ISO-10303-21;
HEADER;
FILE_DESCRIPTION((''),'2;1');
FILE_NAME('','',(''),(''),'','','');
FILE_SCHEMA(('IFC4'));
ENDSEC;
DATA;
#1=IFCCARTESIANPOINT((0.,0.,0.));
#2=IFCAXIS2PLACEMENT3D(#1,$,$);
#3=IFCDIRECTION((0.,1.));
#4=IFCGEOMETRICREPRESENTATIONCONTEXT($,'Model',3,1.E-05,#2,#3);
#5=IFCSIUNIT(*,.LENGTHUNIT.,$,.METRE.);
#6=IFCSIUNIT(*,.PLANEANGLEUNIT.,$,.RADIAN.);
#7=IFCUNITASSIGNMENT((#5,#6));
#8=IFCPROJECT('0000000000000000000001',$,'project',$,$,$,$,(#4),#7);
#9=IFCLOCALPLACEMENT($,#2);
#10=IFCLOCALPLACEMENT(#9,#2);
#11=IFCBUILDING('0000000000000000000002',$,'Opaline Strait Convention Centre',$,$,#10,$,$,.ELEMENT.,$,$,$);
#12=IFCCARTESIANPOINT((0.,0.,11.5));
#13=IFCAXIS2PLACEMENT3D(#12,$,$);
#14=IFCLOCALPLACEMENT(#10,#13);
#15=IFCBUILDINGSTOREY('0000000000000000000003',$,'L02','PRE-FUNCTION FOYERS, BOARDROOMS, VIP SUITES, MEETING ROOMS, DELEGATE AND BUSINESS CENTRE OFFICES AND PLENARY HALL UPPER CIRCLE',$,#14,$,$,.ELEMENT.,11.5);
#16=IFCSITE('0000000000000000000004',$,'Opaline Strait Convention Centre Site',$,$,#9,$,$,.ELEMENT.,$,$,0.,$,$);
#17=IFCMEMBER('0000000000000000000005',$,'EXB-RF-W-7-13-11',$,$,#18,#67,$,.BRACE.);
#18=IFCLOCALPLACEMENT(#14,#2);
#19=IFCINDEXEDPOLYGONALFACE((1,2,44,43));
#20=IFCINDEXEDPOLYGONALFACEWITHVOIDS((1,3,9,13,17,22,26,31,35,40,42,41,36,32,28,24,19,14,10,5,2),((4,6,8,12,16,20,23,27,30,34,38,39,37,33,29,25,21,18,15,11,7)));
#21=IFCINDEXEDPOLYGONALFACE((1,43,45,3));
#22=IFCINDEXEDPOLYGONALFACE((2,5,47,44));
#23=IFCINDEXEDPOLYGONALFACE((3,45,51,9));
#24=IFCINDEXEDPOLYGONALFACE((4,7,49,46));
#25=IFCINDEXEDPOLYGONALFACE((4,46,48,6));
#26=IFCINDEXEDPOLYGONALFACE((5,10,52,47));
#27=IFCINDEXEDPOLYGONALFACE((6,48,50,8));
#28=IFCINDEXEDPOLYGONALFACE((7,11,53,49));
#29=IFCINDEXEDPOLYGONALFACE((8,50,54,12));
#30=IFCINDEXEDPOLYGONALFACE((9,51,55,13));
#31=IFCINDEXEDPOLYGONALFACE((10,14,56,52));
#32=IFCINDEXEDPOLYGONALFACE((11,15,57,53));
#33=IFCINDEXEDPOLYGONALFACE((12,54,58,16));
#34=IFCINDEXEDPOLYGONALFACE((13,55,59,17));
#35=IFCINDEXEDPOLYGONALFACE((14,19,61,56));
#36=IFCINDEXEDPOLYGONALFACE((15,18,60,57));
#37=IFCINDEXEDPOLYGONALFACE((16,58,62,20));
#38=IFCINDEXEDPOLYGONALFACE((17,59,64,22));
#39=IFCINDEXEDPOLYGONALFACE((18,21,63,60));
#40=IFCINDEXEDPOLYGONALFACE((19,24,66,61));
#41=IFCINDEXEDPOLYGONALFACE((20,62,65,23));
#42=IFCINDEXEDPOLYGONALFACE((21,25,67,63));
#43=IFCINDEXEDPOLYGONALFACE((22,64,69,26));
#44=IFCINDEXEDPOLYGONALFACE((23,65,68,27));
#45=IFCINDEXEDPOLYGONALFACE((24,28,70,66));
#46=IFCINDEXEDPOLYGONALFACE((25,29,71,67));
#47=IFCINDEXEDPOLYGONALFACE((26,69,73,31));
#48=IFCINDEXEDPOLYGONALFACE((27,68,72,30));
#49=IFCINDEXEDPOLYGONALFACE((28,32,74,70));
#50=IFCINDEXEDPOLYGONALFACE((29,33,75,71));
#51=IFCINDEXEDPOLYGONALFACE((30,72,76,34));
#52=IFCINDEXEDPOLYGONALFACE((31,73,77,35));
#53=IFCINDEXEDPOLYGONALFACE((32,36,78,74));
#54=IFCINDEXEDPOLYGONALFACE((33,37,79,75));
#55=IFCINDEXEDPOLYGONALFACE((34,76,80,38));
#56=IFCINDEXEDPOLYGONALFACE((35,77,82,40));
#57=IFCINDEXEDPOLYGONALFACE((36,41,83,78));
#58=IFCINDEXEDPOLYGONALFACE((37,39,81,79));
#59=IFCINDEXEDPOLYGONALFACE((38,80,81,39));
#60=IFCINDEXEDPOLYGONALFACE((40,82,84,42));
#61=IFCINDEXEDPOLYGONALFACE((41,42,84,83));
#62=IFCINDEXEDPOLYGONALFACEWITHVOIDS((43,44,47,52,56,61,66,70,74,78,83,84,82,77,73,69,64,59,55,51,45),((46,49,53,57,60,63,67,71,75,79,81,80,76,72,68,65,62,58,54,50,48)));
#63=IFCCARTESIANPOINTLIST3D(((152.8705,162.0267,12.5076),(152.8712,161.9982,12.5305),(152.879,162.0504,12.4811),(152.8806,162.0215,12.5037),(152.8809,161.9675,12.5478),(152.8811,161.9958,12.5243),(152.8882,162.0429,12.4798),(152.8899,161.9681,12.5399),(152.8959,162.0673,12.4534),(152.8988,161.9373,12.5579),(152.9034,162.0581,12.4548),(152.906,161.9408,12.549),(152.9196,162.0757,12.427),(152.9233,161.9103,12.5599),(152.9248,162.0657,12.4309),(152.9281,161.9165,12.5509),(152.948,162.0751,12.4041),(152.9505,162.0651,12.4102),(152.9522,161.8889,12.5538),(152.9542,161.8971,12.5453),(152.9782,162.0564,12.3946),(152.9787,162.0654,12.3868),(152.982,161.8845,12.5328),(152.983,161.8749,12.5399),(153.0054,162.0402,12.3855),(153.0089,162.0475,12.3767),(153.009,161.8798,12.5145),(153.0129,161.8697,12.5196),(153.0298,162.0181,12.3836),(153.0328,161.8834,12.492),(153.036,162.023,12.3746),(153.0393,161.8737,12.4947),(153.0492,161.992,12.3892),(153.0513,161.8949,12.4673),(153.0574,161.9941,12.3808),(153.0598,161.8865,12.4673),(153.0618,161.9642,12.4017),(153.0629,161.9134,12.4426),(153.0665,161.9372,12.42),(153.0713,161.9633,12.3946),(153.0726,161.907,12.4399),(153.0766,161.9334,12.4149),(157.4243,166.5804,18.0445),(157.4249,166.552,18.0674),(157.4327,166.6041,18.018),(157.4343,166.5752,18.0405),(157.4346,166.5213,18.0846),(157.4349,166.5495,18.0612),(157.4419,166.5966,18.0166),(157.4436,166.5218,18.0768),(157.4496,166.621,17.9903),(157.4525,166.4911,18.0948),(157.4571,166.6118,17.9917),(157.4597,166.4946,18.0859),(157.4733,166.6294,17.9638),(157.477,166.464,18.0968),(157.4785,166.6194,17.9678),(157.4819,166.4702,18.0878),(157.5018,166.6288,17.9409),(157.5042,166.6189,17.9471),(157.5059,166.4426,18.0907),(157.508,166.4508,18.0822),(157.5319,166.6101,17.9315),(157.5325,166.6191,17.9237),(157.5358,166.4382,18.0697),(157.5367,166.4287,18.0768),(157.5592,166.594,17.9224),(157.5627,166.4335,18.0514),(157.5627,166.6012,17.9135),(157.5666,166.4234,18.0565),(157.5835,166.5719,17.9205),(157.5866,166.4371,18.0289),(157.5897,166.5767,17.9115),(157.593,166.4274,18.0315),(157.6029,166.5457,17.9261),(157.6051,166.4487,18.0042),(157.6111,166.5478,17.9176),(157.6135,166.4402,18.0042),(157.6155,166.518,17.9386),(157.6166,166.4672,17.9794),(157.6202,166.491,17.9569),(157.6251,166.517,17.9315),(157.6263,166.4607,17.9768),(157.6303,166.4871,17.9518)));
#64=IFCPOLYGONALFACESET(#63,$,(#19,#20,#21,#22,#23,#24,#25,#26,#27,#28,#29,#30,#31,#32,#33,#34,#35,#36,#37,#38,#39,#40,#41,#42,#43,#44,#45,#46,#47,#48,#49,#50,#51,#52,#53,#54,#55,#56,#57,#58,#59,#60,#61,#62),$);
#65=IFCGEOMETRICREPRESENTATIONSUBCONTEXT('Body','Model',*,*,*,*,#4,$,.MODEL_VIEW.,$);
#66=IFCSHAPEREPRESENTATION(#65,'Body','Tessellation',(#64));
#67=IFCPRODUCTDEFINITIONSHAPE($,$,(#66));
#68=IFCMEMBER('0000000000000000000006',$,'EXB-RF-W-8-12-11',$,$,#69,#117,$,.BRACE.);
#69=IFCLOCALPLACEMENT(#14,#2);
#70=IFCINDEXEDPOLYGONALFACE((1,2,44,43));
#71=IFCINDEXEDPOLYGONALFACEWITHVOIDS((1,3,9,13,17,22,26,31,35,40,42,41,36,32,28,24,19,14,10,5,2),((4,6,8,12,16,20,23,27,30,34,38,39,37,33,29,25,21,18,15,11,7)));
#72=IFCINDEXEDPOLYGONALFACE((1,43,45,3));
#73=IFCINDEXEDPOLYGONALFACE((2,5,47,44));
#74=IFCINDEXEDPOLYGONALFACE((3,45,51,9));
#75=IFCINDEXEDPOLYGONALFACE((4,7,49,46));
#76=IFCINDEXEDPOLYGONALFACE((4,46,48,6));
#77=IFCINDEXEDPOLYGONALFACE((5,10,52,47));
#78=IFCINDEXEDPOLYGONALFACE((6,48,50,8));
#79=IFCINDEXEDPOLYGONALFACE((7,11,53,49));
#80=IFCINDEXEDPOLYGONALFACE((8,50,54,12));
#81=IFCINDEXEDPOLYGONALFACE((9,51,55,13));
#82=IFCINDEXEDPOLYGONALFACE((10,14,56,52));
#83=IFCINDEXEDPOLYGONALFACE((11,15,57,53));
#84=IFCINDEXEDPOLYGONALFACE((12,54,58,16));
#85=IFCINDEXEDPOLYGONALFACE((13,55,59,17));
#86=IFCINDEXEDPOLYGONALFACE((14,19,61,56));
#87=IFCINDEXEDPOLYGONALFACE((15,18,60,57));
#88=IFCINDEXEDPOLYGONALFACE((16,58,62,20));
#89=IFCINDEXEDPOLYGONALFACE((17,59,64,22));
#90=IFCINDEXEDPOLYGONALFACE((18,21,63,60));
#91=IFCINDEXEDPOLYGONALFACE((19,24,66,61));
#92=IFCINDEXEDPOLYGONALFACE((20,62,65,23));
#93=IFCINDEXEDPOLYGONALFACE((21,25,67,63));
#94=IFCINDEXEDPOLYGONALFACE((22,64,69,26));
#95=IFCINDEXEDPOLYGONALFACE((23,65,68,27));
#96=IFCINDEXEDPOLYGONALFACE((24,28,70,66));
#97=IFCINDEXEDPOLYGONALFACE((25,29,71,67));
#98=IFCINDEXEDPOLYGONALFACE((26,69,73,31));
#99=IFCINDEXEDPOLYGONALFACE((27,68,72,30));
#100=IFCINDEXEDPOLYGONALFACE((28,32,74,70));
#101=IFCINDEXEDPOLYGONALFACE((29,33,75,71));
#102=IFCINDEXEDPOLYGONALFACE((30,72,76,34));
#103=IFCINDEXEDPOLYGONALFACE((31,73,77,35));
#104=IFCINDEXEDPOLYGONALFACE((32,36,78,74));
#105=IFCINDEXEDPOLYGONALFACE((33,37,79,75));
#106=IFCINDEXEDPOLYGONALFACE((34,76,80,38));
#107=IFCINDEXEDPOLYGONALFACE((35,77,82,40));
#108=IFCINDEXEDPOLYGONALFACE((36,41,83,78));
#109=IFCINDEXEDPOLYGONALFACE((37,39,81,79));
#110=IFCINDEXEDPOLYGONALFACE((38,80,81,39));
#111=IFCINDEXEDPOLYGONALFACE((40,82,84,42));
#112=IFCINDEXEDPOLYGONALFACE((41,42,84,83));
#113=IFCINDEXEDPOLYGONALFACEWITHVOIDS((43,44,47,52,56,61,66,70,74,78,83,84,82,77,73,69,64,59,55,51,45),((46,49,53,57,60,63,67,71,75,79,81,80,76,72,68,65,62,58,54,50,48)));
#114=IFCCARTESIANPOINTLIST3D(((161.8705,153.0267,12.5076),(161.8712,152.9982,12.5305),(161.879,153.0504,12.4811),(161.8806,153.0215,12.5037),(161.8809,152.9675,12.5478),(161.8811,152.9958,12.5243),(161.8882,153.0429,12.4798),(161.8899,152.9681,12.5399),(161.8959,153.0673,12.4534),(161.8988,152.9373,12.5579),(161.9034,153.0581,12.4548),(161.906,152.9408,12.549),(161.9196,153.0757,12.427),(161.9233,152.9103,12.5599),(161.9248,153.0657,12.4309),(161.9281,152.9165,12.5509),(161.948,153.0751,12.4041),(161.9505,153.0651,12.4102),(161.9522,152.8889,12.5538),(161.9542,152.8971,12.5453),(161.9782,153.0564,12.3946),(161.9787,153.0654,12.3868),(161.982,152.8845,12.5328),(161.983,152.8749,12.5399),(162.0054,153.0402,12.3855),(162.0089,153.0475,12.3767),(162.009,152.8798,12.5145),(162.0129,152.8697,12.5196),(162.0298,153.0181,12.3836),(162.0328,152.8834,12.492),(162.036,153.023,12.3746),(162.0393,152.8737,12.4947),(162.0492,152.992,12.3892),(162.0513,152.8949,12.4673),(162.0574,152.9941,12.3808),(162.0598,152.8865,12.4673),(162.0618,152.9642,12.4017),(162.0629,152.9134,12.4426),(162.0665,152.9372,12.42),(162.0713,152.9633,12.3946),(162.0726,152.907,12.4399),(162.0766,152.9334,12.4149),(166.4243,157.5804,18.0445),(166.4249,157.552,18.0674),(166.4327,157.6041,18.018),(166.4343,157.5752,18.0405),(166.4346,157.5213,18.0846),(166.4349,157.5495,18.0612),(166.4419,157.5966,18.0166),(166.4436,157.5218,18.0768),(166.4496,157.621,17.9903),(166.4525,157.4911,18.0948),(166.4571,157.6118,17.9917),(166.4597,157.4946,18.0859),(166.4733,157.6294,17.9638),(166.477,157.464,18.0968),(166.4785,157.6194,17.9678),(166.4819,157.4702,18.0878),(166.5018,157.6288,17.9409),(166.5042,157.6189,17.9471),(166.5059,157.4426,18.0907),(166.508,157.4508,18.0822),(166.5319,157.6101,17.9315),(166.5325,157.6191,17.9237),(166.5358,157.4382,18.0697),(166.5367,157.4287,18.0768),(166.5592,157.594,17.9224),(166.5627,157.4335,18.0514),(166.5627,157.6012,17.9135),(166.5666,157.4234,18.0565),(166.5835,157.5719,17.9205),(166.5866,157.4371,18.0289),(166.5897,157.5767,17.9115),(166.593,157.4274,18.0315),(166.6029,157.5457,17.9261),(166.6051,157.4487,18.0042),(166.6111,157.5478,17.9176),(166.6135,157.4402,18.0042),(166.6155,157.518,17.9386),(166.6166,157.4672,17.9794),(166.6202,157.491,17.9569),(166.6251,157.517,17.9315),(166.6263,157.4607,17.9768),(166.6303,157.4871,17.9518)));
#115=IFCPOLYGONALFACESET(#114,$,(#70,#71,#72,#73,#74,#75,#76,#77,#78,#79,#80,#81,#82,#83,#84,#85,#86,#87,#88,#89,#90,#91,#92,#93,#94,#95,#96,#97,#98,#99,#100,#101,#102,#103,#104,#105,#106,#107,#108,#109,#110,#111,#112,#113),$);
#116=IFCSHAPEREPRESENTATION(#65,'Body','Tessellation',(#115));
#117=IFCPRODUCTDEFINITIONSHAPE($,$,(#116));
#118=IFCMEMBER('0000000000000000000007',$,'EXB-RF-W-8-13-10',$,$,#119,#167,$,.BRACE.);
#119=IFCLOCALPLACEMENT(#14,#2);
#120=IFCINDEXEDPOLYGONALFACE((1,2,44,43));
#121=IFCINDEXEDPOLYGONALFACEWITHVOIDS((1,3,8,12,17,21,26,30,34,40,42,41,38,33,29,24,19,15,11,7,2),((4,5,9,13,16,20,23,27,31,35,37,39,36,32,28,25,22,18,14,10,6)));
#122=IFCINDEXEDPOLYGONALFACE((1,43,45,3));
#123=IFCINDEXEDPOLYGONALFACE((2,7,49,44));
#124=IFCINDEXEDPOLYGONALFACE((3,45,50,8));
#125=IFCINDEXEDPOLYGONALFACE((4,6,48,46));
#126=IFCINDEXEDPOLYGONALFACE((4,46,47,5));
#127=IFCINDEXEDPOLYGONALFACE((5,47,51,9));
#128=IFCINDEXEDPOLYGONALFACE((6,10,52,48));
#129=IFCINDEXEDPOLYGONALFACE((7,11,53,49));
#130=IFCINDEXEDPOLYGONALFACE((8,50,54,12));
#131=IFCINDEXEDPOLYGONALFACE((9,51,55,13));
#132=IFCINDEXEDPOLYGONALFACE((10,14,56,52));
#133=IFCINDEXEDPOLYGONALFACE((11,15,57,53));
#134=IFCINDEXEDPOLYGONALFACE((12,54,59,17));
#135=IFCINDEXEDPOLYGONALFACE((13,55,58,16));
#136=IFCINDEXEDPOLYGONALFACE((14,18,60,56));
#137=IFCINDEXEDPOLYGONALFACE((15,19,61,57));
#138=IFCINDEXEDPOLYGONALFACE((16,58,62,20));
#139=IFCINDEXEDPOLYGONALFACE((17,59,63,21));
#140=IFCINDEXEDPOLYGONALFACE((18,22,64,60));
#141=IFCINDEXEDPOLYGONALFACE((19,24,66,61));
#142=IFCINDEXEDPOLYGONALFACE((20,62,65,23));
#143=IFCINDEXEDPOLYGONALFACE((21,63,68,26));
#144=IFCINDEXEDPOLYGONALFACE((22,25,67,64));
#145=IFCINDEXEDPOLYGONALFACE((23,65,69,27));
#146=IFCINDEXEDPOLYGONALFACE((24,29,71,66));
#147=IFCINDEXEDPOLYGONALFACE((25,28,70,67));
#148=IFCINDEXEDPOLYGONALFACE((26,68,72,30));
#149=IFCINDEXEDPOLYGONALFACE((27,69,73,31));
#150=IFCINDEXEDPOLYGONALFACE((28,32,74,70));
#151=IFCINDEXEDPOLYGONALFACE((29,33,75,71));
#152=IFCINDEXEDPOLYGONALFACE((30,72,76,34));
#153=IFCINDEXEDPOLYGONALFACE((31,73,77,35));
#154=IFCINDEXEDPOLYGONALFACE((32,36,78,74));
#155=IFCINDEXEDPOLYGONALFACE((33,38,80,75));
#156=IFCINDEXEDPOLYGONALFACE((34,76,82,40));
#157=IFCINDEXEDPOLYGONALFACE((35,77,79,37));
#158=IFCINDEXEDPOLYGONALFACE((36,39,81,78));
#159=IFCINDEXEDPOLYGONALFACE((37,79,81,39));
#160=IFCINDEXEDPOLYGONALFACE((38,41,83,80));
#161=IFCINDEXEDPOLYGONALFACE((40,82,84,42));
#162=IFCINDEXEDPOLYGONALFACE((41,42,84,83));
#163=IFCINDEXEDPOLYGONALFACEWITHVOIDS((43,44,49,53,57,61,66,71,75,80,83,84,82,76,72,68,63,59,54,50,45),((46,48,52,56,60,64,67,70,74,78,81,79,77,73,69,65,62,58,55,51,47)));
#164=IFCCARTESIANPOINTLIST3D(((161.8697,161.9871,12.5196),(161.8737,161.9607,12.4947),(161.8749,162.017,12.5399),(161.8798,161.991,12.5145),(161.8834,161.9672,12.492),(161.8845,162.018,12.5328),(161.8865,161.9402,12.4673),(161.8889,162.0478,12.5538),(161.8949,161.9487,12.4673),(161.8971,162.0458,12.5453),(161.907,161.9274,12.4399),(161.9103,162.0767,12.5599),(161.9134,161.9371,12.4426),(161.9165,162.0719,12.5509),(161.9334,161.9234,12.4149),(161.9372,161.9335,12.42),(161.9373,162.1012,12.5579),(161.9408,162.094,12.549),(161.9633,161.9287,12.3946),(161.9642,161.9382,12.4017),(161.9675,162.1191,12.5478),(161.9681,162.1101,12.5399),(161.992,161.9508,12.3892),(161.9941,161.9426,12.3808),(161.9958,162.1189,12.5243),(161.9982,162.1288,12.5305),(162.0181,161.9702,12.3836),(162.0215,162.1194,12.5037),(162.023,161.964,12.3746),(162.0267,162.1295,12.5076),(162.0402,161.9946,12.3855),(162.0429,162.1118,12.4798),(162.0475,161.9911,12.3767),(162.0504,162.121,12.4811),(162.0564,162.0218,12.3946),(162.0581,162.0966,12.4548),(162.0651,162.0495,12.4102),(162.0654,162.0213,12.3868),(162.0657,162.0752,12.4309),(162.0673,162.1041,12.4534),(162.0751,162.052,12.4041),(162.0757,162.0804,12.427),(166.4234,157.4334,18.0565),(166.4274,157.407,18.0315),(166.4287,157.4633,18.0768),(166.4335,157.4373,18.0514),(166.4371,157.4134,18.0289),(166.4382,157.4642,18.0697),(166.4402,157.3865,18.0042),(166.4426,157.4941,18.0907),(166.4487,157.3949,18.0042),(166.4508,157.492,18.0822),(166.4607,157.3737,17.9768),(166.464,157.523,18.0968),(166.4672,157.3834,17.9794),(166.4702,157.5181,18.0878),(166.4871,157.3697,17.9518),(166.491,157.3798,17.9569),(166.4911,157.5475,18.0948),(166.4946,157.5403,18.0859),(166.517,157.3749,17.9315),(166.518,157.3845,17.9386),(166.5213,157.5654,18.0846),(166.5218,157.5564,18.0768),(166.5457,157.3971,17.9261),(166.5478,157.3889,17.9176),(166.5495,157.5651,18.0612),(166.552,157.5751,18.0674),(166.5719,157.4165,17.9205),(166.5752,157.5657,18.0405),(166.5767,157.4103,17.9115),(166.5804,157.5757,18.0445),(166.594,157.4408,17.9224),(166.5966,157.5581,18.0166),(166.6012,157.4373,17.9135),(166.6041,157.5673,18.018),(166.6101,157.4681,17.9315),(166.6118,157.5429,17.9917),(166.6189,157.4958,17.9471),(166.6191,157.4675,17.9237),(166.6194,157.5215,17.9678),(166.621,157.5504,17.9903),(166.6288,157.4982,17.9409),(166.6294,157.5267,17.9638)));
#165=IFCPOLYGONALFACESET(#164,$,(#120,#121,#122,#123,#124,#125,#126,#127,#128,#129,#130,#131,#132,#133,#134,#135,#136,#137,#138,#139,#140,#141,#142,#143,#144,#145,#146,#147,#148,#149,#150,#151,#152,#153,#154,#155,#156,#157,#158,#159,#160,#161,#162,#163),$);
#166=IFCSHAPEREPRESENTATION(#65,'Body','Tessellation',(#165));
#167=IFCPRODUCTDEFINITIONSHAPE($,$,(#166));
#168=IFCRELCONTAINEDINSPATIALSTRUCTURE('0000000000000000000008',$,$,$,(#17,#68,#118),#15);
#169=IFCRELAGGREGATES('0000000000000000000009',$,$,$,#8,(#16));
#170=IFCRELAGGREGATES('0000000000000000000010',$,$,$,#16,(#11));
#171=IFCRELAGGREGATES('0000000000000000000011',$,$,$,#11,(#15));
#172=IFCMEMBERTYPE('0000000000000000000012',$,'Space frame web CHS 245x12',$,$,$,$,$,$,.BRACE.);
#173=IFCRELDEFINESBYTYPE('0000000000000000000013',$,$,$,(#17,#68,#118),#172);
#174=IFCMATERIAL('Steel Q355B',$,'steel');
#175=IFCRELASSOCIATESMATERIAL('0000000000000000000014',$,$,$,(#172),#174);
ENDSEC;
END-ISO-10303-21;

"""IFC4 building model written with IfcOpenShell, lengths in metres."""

from ifc_helpers import new_model, si_unit, direction, frame, origin, origin_2d, place, context, subcontext, project, spatial, hollow_circle, extrude, material, material_profile, profile_set, type_object, element, save


model = new_model("IFC4")

# Units and contexts
model_context = context("Model", 3, precision=1e-05, world=origin(), true_north=direction((0.0, 1.0)))
body_context = subcontext(model_context, "Body", "Model", "MODEL_VIEW")
ifc_project = project(units=[si_unit("LENGTHUNIT", "METRE"), si_unit("PLANEANGLEUNIT", "RADIAN")], contexts=[model_context])

# Site, building, storey
site_placement = place(None, origin())
site = spatial("IfcSite", under=ifc_project, at=site_placement, Name="Opaline Strait Convention Centre Site", CompositionType="ELEMENT", RefElevation=0.0)
building_placement = place(site_placement, origin())
building = spatial("IfcBuilding", under=site, at=building_placement, Name="Opaline Strait Convention Centre", CompositionType="ELEMENT")
storey_placement = place(building_placement, frame((0.0, 0.0, 11.5)))
storey = spatial("IfcBuildingStorey", under=building, at=storey_placement, Name="L02", Description="PRE-FUNCTION FOYERS, BOARDROOMS, VIP SUITES, MEETING ROOMS, DELEGATE AND BUSINESS CENTRE OFFICES AND PLENARY HALL UPPER CIRCLE", CompositionType="ELEMENT", Elevation=11.5)

# Members
ifc_material_1 = material(Name="Steel Q355B", Category="steel")
ifc_material_profile_1 = material_profile(ifc_material_1, hollow_circle(Radius=0.1226, WallThickness=0.012, at=origin_2d()), Name="CHS 245x12")
ifc_profile_set_1 = profile_set([ifc_material_profile_1], Name="Steel Q355B")
member_type_1 = type_object("IfcMemberType", Name="Space frame web CHS 245x12", PredefinedType="BRACE", material=ifc_profile_set_1)
for number, where, z_axis, x_axis, name in (
    (1, (157.5269, 166.5269, 18.0042), (-0.536178, -0.536178, -0.65194), (0.707107, -0.707107, 0.0), "EXB-RF-W-7-13-11"),
    (2, (166.5269, 157.5269, 18.0042), (-0.536178, -0.536178, -0.65194), (0.707107, -0.707107, 0.0), "EXB-RF-W-8-12-11"),
    (3, (166.5269, 157.4731, 18.0042), (-0.536178, 0.536178, -0.65194), (-0.707107, -0.707107, 0.0), "EXB-RF-W-8-13-10"),
):
    element("IfcMember", number, at=place(storey_placement, frame(where, z_axis=z_axis, x_axis=x_axis)), inside=storey, type_object=member_type_1, Name=name, PredefinedType="BRACE", context=body_context, shape_type="SweptSolid", body=[
        extrude(hollow_circle(Radius=0.1226, WallThickness=0.012, at=origin_2d()), origin(), (0.0, 0.0, 1.0), 8.4929),
    ])

save(model, "model.ifc")
